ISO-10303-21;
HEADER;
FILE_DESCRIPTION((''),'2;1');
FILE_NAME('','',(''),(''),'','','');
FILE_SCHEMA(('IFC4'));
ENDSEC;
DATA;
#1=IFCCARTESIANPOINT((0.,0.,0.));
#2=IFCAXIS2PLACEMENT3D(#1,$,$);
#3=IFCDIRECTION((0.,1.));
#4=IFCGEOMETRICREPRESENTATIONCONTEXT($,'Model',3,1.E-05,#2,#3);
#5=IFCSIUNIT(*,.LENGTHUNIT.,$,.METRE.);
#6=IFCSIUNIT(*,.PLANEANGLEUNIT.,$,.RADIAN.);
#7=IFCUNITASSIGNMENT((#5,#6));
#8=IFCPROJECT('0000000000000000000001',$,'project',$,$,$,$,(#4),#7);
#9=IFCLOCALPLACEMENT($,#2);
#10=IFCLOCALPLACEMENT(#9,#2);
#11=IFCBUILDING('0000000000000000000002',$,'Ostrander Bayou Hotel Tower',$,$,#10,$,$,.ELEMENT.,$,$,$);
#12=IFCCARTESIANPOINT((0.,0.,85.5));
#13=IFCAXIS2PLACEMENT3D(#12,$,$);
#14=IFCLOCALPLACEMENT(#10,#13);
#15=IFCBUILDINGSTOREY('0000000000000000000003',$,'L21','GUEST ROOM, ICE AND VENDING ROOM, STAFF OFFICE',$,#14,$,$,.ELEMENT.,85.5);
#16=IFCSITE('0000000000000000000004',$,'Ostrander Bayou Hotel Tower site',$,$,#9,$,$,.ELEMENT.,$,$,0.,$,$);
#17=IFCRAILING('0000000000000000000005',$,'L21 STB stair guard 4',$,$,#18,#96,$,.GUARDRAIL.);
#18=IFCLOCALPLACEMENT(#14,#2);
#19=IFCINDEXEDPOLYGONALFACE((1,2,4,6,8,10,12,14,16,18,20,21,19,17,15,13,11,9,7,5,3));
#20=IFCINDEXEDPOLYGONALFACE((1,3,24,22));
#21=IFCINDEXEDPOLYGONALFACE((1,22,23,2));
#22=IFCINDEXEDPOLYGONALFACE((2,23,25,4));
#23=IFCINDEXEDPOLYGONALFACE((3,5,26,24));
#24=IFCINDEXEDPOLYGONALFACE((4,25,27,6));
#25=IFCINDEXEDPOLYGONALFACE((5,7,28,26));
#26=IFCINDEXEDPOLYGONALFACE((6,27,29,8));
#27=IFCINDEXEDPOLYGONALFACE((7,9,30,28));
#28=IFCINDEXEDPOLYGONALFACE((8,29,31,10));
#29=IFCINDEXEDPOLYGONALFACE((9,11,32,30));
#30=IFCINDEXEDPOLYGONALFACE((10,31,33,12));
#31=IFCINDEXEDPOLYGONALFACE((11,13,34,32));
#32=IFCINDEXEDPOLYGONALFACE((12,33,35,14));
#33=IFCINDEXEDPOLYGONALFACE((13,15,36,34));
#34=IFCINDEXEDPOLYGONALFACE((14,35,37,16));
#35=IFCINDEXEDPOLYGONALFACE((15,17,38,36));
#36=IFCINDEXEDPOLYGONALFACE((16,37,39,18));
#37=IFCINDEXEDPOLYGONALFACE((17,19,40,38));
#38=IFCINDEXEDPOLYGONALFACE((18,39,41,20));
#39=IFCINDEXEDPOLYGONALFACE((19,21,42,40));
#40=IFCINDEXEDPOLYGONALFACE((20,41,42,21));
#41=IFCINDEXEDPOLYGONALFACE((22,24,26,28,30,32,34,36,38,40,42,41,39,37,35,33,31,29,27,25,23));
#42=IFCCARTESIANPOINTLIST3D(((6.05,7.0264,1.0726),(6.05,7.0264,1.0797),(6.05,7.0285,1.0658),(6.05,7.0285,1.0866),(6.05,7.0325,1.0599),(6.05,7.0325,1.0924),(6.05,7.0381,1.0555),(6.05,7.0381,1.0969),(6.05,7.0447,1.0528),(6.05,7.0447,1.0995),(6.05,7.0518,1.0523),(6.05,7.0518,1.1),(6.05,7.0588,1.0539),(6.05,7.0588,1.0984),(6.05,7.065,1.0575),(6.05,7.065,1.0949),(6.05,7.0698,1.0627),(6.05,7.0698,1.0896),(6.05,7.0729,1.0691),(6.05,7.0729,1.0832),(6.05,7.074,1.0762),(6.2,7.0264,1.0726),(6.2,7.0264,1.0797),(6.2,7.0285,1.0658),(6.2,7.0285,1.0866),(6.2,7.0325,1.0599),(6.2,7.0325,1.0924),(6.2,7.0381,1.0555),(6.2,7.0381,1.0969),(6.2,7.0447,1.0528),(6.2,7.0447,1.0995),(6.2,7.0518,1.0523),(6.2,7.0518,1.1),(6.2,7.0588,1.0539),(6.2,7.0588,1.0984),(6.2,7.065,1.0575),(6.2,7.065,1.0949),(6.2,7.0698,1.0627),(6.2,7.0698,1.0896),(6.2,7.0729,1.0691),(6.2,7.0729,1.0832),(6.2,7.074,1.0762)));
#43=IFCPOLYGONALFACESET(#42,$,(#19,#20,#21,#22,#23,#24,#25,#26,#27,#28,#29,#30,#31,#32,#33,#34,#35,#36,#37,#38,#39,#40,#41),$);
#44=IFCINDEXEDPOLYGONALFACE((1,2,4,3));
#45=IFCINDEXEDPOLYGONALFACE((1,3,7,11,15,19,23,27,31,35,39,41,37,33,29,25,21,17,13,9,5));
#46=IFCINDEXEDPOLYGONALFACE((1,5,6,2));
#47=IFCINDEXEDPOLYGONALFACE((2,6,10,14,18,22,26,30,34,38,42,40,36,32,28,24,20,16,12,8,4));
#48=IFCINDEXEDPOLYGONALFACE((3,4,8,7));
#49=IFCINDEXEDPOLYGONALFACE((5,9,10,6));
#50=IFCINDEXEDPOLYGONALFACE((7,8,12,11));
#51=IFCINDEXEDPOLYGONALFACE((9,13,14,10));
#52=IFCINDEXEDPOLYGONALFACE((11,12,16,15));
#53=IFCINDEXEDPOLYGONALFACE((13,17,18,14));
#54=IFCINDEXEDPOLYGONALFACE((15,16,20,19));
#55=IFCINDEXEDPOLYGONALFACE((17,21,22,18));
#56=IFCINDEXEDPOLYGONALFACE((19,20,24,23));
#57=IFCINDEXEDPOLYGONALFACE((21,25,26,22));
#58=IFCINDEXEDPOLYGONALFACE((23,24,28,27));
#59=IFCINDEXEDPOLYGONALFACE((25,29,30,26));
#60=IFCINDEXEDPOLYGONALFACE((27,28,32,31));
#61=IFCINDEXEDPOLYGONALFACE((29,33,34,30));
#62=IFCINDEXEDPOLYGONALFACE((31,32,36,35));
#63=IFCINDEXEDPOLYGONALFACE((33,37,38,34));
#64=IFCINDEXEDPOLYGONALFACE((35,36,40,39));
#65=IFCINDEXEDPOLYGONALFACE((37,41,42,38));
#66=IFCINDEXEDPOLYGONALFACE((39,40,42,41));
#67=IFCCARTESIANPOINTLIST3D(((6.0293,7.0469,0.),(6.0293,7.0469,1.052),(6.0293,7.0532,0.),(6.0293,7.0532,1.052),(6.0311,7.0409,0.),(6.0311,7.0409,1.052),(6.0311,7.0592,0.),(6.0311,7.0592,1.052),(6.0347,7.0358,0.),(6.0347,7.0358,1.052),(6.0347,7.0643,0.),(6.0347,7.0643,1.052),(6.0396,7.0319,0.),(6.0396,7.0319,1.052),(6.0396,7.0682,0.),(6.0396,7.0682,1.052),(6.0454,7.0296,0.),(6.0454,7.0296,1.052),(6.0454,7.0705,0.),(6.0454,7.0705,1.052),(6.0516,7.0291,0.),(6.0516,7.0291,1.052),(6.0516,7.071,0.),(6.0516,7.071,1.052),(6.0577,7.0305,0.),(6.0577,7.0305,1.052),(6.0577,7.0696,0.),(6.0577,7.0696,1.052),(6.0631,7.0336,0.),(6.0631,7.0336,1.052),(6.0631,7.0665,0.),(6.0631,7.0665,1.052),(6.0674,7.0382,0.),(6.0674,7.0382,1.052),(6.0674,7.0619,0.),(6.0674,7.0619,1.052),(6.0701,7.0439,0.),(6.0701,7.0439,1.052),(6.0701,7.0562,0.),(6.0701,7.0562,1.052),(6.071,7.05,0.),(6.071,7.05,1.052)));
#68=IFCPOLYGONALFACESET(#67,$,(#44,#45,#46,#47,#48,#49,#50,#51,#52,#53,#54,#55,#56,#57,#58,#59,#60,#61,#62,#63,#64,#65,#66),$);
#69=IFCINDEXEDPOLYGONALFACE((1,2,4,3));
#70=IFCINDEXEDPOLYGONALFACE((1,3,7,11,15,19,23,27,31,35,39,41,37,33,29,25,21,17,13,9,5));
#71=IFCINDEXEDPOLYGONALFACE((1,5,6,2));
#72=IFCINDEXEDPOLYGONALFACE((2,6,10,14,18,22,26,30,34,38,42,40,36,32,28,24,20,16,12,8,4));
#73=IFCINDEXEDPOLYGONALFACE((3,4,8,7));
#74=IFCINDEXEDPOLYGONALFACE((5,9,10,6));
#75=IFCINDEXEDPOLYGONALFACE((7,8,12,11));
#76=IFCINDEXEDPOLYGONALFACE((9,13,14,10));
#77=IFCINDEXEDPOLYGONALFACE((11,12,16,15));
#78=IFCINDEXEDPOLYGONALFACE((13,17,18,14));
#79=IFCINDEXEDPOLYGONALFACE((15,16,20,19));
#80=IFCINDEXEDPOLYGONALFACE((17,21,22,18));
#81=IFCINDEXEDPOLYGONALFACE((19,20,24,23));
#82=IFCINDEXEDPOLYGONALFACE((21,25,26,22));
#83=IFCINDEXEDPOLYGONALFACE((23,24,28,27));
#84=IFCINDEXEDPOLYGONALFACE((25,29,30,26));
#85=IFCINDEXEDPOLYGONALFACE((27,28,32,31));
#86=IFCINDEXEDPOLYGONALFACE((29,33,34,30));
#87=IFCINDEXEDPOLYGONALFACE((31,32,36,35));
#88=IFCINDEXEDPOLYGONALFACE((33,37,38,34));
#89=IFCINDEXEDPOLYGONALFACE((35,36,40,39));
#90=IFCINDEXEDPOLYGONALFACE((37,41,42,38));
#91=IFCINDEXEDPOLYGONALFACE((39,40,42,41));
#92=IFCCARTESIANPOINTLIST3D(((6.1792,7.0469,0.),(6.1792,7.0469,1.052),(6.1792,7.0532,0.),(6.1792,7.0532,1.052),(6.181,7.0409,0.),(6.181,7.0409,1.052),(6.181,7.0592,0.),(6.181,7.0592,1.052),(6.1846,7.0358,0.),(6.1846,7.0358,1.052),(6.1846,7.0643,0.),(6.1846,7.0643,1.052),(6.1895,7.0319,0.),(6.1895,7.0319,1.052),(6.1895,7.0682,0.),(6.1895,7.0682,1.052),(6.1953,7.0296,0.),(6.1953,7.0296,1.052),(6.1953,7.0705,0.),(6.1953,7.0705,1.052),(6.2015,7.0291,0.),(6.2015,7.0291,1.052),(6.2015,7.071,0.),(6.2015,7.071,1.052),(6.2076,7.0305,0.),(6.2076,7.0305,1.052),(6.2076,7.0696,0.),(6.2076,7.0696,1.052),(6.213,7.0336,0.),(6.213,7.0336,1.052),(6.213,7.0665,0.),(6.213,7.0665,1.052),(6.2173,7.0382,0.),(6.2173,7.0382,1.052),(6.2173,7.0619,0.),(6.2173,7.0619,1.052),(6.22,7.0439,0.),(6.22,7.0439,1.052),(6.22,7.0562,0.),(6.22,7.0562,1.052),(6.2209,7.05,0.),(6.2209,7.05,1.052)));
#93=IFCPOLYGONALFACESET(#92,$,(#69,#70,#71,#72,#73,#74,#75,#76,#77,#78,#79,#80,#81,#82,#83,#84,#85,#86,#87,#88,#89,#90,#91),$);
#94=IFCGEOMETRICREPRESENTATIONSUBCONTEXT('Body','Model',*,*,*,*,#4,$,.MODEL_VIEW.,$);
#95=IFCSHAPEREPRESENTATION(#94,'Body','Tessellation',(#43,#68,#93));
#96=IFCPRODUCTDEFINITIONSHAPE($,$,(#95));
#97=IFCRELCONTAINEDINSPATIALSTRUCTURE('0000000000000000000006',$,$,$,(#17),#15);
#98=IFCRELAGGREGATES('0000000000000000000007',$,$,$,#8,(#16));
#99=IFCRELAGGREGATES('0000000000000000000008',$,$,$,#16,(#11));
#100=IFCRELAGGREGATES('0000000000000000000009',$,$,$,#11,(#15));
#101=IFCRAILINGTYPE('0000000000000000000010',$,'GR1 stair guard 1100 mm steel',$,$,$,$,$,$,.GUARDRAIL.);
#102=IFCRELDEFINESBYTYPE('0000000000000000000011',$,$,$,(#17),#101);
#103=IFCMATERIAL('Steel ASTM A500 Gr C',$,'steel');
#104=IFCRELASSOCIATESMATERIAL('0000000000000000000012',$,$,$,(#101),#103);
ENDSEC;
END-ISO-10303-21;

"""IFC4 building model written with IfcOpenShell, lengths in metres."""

from ifc_helpers import new_model, si_unit, direction, frame, origin, origin_2d, place, context, subcontext, project, spatial, circle, extrude, material, type_object, element, save


model = new_model("IFC4")

# Units and contexts
model_context = context("Model", 3, precision=1e-05, world=origin(), true_north=direction((0.0, 1.0)))
body_context = subcontext(model_context, "Body", "Model", "MODEL_VIEW")
ifc_project = project(units=[si_unit("LENGTHUNIT", "METRE"), si_unit("PLANEANGLEUNIT", "RADIAN")], contexts=[model_context])

# Site, building, storey
site_placement = place(None, origin())
site = spatial("IfcSite", under=ifc_project, at=site_placement, Name="Ostrander Bayou Hotel Tower site", CompositionType="ELEMENT", RefElevation=0.0)
building_placement = place(site_placement, origin())
building = spatial("IfcBuilding", under=site, at=building_placement, Name="Ostrander Bayou Hotel Tower", CompositionType="ELEMENT")
storey_placement = place(building_placement, frame((0.0, 0.0, 85.5)))
storey = spatial("IfcBuildingStorey", under=building, at=storey_placement, Name="L21", Description="GUEST ROOM, ICE AND VENDING ROOM, STAFF OFFICE", CompositionType="ELEMENT", Elevation=85.5)

# Railing
ifc_material_1 = material(Name="Steel ASTM A500 Gr C", Category="steel")
railing_type_1 = type_object("IfcRailingType", Name="GR1 stair guard 1100 mm steel", PredefinedType="GUARDRAIL", material=ifc_material_1)
railing_1_placement = place(storey_placement, frame((6.05, 7.05, 0.0)))
element("IfcRailing", 1, at=railing_1_placement, inside=storey, type_object=railing_type_1, Name="L21 STB stair guard 4", PredefinedType="GUARDRAIL", context=body_context, shape_type="SweptSolid", body=[
    extrude(circle(Radius=0.0239, at=origin_2d()), frame((0.0, 0.0, 1.0762), z_axis=(1.0, 0.0, 0.0), x_axis=(0.0, 1.0, 0.0)), (0.0, 0.0, 1.0), 0.1499),
    extrude(circle(Radius=0.021, at=origin_2d()), origin(), (0.0, 0.0, 1.0), 1.052),
    extrude(circle(Radius=0.021, at=origin_2d()), frame((0.1499, 0.0, 0.0)), (0.0, 0.0, 1.0), 1.052),
])

save(model, "model.ifc")
